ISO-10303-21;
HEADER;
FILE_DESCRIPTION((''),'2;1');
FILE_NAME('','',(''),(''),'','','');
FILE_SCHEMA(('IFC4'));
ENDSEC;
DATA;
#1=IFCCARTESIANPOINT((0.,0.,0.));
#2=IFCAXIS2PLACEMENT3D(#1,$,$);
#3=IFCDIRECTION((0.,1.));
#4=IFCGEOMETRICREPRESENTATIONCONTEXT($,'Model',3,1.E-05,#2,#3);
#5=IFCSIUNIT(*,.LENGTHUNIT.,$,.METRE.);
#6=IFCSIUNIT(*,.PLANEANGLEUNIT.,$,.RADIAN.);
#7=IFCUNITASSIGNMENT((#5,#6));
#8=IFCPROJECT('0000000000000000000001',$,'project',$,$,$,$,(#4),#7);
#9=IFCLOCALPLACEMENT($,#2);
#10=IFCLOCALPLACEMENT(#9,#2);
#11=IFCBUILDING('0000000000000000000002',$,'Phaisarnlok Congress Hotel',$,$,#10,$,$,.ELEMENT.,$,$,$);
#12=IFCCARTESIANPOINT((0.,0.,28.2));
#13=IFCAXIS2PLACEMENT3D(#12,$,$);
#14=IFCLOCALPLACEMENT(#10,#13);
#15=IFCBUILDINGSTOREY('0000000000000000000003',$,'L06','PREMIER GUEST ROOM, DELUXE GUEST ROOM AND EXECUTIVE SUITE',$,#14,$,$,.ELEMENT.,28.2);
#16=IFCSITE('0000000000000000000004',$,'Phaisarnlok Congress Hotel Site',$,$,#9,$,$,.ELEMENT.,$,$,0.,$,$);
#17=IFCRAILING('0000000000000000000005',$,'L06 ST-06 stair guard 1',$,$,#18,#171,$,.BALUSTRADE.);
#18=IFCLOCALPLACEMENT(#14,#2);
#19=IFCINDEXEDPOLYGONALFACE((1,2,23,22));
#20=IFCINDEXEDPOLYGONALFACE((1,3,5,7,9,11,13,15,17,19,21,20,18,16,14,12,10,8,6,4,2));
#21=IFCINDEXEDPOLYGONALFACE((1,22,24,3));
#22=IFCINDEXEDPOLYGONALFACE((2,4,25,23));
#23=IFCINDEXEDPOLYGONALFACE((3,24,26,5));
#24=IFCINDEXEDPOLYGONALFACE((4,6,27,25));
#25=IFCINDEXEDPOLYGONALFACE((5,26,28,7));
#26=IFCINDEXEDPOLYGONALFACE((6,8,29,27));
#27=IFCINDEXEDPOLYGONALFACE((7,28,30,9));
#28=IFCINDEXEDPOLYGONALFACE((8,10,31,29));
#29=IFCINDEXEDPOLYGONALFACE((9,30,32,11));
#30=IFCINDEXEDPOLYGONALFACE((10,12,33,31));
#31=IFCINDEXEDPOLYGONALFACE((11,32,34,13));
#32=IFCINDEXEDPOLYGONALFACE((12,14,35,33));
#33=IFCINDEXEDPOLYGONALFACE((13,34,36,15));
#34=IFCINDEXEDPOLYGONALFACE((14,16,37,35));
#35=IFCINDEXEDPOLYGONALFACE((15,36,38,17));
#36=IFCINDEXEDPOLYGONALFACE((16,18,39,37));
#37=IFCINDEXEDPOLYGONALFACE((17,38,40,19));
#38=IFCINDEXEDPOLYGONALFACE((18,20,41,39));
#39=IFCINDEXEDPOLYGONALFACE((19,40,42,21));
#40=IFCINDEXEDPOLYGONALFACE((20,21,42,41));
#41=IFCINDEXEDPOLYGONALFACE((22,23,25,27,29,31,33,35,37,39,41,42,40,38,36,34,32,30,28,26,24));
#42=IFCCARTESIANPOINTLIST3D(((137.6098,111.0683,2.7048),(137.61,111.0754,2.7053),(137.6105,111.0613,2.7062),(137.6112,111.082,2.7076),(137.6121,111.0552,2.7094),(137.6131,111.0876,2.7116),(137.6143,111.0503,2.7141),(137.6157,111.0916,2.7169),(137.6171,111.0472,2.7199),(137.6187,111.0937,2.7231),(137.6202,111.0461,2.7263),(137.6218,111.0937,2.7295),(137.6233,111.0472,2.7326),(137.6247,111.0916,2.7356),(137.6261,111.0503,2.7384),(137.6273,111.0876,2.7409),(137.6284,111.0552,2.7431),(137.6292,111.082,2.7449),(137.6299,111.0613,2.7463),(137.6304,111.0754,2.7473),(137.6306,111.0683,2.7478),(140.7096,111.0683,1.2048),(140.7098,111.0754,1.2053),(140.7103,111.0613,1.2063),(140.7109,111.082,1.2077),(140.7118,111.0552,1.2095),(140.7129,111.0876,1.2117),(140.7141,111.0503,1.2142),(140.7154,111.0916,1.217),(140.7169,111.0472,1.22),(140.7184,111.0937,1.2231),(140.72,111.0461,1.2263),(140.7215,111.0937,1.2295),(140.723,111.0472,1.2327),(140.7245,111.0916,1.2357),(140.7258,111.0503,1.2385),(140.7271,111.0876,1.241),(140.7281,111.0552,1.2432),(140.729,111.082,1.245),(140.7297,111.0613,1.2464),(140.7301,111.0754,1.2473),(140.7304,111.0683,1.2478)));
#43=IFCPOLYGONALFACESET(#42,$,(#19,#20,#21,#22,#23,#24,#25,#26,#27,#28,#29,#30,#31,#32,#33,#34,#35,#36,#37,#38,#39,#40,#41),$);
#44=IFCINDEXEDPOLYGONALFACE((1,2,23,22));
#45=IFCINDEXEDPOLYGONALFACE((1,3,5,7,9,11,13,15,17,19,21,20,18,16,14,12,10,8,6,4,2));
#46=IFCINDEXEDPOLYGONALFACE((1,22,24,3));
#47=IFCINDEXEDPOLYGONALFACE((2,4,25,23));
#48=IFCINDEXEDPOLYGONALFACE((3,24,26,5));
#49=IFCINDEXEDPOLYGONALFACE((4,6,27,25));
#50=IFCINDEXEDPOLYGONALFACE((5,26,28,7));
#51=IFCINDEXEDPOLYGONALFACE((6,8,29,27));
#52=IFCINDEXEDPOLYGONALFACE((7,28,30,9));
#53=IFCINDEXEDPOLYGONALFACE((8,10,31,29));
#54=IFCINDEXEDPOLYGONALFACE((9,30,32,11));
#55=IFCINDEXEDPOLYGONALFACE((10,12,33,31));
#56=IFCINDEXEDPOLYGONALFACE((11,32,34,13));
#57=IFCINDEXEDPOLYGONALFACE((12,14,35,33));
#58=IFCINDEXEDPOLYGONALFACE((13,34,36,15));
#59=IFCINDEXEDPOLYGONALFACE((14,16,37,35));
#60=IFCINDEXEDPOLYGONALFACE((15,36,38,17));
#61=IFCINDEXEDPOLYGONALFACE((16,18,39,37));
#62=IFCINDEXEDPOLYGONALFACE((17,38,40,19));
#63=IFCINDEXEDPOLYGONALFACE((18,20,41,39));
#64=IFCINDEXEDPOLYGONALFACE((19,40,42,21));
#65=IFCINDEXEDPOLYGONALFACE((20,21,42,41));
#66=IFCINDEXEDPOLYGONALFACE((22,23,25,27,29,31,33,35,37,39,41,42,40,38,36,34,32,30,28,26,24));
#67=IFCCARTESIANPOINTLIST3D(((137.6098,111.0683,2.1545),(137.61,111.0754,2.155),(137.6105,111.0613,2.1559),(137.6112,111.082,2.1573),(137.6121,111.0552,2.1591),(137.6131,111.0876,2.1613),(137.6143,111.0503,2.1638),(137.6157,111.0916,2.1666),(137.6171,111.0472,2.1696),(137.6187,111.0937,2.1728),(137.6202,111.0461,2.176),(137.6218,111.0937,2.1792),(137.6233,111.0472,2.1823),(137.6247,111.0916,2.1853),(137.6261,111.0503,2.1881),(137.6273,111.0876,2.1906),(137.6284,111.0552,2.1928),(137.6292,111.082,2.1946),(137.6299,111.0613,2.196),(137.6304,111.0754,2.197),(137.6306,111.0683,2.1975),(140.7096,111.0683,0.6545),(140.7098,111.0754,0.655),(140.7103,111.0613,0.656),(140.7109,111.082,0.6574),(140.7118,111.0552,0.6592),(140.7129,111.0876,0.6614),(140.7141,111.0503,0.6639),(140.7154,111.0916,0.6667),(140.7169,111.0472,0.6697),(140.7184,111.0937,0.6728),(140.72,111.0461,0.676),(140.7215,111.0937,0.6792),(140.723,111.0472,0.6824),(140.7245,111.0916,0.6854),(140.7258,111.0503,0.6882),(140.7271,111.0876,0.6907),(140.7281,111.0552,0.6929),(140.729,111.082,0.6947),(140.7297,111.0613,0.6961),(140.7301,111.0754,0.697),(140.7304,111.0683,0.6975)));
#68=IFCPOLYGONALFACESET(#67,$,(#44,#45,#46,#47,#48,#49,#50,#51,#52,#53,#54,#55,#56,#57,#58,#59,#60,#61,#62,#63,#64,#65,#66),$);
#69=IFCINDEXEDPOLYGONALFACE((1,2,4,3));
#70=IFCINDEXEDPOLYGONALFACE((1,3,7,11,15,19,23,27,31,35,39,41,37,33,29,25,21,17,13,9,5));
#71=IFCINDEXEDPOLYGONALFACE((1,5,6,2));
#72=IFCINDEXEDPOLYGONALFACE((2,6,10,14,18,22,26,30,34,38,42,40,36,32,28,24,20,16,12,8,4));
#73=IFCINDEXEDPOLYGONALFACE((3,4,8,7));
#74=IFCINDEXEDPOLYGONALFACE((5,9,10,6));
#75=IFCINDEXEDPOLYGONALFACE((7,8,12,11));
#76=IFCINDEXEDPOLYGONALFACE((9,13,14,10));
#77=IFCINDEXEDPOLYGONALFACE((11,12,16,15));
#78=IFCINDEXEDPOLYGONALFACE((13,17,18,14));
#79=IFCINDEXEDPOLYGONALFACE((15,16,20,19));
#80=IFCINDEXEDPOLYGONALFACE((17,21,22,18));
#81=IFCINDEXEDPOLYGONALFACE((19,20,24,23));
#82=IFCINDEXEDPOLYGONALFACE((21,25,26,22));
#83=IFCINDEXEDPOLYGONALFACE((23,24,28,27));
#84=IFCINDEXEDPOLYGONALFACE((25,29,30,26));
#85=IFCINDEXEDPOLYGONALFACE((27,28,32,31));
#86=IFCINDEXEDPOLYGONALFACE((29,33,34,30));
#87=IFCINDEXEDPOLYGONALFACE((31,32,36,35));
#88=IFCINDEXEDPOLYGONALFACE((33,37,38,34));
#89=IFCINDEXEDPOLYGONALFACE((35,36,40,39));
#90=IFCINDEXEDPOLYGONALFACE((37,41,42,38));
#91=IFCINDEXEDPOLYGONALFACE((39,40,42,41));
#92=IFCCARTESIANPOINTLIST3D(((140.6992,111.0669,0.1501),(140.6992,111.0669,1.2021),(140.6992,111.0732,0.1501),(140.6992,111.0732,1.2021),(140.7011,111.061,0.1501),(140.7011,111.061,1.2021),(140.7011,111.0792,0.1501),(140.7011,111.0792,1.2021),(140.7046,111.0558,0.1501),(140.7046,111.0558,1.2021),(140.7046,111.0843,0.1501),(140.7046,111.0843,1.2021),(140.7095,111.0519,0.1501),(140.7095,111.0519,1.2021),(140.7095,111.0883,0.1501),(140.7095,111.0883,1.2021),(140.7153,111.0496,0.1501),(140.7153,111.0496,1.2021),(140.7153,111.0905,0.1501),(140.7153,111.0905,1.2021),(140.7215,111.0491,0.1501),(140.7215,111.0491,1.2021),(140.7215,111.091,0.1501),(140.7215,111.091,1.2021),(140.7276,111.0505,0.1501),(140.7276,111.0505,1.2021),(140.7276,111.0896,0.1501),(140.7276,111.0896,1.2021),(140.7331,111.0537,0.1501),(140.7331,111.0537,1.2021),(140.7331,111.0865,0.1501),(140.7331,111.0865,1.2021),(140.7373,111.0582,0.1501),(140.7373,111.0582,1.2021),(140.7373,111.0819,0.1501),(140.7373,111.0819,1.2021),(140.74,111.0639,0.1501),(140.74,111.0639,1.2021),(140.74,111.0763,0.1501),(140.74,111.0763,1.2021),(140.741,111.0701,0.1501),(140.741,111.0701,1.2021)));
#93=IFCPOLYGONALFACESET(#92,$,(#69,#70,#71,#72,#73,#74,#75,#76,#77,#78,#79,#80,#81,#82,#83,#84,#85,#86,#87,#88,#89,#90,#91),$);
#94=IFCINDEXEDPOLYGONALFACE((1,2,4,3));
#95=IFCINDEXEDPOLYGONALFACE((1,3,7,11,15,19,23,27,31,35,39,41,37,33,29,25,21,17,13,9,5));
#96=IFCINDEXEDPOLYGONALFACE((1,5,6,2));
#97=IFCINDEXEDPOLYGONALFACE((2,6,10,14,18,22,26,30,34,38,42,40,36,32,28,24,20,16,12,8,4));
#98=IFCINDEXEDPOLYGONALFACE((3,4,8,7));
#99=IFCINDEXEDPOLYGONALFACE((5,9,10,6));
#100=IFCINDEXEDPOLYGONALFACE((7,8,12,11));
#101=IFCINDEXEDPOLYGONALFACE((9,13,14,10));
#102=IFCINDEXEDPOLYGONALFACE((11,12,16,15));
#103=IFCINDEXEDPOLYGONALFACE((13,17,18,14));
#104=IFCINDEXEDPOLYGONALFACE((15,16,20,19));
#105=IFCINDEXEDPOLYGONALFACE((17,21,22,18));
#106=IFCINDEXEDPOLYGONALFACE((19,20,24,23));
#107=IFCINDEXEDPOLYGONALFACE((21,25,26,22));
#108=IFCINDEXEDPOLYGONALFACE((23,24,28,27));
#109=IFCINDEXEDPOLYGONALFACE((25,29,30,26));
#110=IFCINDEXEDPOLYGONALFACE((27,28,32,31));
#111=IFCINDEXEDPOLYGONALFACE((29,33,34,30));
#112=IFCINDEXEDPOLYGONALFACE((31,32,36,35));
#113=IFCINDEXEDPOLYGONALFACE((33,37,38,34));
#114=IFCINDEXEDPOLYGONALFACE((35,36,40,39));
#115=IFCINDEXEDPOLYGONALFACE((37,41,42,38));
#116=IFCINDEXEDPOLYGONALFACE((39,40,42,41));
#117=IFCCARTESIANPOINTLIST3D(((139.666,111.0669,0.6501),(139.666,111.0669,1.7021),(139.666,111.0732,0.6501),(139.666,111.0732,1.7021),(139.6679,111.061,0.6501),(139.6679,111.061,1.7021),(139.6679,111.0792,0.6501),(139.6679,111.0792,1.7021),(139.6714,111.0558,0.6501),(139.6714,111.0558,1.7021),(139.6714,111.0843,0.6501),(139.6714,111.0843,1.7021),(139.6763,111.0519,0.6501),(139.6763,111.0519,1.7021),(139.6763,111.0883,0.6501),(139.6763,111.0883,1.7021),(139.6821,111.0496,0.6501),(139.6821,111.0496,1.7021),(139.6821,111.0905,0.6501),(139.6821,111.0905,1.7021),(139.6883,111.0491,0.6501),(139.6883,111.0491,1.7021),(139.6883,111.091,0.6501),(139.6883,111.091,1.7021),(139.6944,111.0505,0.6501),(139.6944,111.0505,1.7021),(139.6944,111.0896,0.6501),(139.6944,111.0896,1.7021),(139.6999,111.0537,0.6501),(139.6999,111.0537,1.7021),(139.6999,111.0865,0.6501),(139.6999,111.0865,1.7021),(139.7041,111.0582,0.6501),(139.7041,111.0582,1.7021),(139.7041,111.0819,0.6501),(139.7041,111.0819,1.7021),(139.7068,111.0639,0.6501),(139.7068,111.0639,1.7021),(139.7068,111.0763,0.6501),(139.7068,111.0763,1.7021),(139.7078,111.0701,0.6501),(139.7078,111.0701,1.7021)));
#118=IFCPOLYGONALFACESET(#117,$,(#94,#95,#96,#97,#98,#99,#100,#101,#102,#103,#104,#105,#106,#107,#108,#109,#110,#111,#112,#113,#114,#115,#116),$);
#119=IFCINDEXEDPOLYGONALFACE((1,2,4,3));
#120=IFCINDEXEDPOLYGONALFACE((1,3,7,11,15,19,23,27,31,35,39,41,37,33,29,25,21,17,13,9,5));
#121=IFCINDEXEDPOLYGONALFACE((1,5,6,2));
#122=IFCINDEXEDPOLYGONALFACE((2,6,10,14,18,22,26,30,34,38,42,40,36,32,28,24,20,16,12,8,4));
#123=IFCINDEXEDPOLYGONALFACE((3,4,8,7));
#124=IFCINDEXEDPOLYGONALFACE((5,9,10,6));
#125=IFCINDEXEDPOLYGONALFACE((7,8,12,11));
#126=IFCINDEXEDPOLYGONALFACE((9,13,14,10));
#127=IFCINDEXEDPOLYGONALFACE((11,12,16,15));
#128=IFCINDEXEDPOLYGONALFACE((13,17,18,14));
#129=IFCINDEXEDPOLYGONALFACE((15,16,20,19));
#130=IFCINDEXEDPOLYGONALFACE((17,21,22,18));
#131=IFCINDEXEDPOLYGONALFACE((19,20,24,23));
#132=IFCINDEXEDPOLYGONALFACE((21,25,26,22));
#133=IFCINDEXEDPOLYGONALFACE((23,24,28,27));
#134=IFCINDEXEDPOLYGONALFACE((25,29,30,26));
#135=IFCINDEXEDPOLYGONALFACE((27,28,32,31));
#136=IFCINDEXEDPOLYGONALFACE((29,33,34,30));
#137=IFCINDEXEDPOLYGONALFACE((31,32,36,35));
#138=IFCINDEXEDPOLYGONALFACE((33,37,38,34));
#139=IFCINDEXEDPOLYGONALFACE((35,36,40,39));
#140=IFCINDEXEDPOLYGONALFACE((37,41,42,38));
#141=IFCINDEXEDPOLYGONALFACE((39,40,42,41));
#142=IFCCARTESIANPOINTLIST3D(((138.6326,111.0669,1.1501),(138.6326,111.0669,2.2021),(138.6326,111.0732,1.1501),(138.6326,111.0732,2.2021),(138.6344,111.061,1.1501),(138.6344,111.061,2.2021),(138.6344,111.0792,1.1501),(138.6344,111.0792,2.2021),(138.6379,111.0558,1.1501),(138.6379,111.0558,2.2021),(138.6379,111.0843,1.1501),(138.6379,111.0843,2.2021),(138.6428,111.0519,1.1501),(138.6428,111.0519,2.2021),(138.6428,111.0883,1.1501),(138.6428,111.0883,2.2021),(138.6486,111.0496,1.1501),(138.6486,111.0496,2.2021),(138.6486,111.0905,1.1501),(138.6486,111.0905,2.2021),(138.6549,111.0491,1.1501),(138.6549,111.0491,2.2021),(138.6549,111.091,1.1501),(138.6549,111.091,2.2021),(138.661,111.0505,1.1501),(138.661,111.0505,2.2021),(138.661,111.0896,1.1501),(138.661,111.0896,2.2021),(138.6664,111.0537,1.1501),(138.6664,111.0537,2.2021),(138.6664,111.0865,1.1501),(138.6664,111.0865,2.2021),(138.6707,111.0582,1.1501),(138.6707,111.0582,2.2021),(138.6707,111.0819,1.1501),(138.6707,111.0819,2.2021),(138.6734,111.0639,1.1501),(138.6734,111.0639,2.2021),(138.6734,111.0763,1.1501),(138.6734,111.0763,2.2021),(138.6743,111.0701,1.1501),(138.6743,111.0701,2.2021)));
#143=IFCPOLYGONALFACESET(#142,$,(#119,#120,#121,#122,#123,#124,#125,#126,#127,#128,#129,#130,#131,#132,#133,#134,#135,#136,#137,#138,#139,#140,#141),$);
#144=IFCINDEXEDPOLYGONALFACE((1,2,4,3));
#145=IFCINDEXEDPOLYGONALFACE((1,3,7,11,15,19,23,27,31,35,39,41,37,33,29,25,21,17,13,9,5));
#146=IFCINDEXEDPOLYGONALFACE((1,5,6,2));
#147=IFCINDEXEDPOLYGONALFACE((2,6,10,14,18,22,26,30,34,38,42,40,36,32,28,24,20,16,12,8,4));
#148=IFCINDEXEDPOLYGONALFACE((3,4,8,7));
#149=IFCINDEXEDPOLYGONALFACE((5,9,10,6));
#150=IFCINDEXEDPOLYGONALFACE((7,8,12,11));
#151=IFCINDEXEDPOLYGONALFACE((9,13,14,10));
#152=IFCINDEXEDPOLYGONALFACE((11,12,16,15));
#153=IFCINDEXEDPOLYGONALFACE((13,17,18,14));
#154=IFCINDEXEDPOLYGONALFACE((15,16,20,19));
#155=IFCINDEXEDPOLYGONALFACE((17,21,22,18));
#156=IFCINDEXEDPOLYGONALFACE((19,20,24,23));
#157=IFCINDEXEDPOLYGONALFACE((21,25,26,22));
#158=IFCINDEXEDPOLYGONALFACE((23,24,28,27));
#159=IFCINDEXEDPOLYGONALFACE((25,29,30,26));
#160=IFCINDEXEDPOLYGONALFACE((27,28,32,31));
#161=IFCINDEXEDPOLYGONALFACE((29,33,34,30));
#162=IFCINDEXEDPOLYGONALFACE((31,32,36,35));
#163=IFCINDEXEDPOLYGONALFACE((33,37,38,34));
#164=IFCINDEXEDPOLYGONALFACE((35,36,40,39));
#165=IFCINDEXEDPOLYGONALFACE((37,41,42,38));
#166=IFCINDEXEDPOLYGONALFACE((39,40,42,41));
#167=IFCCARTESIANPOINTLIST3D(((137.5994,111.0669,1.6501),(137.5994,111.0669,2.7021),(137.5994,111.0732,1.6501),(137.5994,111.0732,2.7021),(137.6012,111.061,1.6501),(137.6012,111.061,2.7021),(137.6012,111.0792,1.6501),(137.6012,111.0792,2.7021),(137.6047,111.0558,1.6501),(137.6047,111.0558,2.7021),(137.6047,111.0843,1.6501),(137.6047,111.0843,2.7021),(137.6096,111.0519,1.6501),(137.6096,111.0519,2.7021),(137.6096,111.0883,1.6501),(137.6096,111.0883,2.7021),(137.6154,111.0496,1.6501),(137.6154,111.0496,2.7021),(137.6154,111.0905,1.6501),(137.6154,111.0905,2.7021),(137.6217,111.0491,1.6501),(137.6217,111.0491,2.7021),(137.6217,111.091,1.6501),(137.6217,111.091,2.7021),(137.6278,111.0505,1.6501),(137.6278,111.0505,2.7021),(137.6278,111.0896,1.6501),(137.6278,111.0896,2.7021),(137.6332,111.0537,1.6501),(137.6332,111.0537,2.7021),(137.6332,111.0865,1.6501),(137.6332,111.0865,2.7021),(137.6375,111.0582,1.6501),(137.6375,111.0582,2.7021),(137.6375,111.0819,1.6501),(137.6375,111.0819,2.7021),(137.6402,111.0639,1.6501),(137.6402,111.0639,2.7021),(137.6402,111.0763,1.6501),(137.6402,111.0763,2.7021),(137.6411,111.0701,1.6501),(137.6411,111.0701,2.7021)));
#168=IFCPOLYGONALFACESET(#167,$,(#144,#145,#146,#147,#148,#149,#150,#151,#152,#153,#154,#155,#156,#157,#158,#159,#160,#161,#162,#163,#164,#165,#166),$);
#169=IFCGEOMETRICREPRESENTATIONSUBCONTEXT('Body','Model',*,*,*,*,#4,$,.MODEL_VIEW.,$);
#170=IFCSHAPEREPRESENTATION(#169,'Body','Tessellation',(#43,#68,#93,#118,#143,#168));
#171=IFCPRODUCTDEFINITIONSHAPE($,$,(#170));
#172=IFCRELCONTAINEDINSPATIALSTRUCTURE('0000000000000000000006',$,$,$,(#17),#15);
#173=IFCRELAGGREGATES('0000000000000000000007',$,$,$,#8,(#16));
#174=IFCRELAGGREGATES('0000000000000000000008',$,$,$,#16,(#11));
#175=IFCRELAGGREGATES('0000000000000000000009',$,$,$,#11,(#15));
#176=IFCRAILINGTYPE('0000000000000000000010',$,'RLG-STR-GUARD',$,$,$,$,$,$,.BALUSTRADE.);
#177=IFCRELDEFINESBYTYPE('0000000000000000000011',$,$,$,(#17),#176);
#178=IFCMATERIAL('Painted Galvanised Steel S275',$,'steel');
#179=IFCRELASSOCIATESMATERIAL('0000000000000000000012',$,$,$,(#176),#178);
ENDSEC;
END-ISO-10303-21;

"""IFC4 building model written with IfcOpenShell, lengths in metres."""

from ifc_helpers import new_model, si_unit, direction, frame, origin, origin_2d, place, context, subcontext, project, spatial, circle, extrude, material, type_object, element, save


model = new_model("IFC4")

# Units and contexts
model_context = context("Model", 3, precision=1e-05, world=origin(), true_north=direction((0.0, 1.0)))
body_context = subcontext(model_context, "Body", "Model", "MODEL_VIEW")
ifc_project = project(units=[si_unit("LENGTHUNIT", "METRE"), si_unit("PLANEANGLEUNIT", "RADIAN")], contexts=[model_context])

# Site, building, storey
site_placement = place(None, origin())
site = spatial("IfcSite", under=ifc_project, at=site_placement, Name="Phaisarnlok Congress Hotel Site", CompositionType="ELEMENT", RefElevation=0.0)
building_placement = place(site_placement, origin())
building = spatial("IfcBuilding", under=site, at=building_placement, Name="Phaisarnlok Congress Hotel", CompositionType="ELEMENT")
storey_placement = place(building_placement, frame((0.0, 0.0, 28.2)))
storey = spatial("IfcBuildingStorey", under=building, at=storey_placement, Name="L06", Description="PREMIER GUEST ROOM, DELUXE GUEST ROOM AND EXECUTIVE SUITE", CompositionType="ELEMENT", Elevation=28.2)

# Railing
ifc_material_1 = material(Name="Painted Galvanised Steel S275", Category="steel")
railing_type_1 = type_object("IfcRailingType", Name="RLG-STR-GUARD", PredefinedType="BALUSTRADE", material=ifc_material_1)
railing_1_placement = place(storey_placement, frame((140.72, 111.0701, 0.1501)))
element("IfcRailing", 1, at=railing_1_placement, inside=storey, type_object=railing_type_1, Name="L06 ST-06 stair guard 1", PredefinedType="BALUSTRADE", context=body_context, shape_type="SweptSolid", body=[
    extrude(circle(Radius=0.0239, at=origin_2d()), frame((0.0, 0.0, 1.0762), z_axis=(-0.900151, 0.0, 0.435578), x_axis=(0.0, -1.0, 0.0)), (0.0, 0.0, 1.0), 3.4436),
    extrude(circle(Radius=0.0239, at=origin_2d()), frame((0.0, 0.0, 0.5259), z_axis=(-0.900151, 0.0, 0.435578), x_axis=(0.0, -1.0, 0.0)), (0.0, 0.0, 1.0), 3.4436),
    extrude(circle(Radius=0.021, at=origin_2d()), origin(), (0.0, 0.0, 1.0), 1.052),
    extrude(circle(Radius=0.021, at=origin_2d()), frame((-1.0332, 0.0, 0.5)), (0.0, 0.0, 1.0), 1.052),
    extrude(circle(Radius=0.021, at=origin_2d()), frame((-2.0667, 0.0, 1.0)), (0.0, 0.0, 1.0), 1.052),
    extrude(circle(Radius=0.021, at=origin_2d()), frame((-3.0999, 0.0, 1.5)), (0.0, 0.0, 1.0), 1.052),
])

save(model, "model.ifc")
